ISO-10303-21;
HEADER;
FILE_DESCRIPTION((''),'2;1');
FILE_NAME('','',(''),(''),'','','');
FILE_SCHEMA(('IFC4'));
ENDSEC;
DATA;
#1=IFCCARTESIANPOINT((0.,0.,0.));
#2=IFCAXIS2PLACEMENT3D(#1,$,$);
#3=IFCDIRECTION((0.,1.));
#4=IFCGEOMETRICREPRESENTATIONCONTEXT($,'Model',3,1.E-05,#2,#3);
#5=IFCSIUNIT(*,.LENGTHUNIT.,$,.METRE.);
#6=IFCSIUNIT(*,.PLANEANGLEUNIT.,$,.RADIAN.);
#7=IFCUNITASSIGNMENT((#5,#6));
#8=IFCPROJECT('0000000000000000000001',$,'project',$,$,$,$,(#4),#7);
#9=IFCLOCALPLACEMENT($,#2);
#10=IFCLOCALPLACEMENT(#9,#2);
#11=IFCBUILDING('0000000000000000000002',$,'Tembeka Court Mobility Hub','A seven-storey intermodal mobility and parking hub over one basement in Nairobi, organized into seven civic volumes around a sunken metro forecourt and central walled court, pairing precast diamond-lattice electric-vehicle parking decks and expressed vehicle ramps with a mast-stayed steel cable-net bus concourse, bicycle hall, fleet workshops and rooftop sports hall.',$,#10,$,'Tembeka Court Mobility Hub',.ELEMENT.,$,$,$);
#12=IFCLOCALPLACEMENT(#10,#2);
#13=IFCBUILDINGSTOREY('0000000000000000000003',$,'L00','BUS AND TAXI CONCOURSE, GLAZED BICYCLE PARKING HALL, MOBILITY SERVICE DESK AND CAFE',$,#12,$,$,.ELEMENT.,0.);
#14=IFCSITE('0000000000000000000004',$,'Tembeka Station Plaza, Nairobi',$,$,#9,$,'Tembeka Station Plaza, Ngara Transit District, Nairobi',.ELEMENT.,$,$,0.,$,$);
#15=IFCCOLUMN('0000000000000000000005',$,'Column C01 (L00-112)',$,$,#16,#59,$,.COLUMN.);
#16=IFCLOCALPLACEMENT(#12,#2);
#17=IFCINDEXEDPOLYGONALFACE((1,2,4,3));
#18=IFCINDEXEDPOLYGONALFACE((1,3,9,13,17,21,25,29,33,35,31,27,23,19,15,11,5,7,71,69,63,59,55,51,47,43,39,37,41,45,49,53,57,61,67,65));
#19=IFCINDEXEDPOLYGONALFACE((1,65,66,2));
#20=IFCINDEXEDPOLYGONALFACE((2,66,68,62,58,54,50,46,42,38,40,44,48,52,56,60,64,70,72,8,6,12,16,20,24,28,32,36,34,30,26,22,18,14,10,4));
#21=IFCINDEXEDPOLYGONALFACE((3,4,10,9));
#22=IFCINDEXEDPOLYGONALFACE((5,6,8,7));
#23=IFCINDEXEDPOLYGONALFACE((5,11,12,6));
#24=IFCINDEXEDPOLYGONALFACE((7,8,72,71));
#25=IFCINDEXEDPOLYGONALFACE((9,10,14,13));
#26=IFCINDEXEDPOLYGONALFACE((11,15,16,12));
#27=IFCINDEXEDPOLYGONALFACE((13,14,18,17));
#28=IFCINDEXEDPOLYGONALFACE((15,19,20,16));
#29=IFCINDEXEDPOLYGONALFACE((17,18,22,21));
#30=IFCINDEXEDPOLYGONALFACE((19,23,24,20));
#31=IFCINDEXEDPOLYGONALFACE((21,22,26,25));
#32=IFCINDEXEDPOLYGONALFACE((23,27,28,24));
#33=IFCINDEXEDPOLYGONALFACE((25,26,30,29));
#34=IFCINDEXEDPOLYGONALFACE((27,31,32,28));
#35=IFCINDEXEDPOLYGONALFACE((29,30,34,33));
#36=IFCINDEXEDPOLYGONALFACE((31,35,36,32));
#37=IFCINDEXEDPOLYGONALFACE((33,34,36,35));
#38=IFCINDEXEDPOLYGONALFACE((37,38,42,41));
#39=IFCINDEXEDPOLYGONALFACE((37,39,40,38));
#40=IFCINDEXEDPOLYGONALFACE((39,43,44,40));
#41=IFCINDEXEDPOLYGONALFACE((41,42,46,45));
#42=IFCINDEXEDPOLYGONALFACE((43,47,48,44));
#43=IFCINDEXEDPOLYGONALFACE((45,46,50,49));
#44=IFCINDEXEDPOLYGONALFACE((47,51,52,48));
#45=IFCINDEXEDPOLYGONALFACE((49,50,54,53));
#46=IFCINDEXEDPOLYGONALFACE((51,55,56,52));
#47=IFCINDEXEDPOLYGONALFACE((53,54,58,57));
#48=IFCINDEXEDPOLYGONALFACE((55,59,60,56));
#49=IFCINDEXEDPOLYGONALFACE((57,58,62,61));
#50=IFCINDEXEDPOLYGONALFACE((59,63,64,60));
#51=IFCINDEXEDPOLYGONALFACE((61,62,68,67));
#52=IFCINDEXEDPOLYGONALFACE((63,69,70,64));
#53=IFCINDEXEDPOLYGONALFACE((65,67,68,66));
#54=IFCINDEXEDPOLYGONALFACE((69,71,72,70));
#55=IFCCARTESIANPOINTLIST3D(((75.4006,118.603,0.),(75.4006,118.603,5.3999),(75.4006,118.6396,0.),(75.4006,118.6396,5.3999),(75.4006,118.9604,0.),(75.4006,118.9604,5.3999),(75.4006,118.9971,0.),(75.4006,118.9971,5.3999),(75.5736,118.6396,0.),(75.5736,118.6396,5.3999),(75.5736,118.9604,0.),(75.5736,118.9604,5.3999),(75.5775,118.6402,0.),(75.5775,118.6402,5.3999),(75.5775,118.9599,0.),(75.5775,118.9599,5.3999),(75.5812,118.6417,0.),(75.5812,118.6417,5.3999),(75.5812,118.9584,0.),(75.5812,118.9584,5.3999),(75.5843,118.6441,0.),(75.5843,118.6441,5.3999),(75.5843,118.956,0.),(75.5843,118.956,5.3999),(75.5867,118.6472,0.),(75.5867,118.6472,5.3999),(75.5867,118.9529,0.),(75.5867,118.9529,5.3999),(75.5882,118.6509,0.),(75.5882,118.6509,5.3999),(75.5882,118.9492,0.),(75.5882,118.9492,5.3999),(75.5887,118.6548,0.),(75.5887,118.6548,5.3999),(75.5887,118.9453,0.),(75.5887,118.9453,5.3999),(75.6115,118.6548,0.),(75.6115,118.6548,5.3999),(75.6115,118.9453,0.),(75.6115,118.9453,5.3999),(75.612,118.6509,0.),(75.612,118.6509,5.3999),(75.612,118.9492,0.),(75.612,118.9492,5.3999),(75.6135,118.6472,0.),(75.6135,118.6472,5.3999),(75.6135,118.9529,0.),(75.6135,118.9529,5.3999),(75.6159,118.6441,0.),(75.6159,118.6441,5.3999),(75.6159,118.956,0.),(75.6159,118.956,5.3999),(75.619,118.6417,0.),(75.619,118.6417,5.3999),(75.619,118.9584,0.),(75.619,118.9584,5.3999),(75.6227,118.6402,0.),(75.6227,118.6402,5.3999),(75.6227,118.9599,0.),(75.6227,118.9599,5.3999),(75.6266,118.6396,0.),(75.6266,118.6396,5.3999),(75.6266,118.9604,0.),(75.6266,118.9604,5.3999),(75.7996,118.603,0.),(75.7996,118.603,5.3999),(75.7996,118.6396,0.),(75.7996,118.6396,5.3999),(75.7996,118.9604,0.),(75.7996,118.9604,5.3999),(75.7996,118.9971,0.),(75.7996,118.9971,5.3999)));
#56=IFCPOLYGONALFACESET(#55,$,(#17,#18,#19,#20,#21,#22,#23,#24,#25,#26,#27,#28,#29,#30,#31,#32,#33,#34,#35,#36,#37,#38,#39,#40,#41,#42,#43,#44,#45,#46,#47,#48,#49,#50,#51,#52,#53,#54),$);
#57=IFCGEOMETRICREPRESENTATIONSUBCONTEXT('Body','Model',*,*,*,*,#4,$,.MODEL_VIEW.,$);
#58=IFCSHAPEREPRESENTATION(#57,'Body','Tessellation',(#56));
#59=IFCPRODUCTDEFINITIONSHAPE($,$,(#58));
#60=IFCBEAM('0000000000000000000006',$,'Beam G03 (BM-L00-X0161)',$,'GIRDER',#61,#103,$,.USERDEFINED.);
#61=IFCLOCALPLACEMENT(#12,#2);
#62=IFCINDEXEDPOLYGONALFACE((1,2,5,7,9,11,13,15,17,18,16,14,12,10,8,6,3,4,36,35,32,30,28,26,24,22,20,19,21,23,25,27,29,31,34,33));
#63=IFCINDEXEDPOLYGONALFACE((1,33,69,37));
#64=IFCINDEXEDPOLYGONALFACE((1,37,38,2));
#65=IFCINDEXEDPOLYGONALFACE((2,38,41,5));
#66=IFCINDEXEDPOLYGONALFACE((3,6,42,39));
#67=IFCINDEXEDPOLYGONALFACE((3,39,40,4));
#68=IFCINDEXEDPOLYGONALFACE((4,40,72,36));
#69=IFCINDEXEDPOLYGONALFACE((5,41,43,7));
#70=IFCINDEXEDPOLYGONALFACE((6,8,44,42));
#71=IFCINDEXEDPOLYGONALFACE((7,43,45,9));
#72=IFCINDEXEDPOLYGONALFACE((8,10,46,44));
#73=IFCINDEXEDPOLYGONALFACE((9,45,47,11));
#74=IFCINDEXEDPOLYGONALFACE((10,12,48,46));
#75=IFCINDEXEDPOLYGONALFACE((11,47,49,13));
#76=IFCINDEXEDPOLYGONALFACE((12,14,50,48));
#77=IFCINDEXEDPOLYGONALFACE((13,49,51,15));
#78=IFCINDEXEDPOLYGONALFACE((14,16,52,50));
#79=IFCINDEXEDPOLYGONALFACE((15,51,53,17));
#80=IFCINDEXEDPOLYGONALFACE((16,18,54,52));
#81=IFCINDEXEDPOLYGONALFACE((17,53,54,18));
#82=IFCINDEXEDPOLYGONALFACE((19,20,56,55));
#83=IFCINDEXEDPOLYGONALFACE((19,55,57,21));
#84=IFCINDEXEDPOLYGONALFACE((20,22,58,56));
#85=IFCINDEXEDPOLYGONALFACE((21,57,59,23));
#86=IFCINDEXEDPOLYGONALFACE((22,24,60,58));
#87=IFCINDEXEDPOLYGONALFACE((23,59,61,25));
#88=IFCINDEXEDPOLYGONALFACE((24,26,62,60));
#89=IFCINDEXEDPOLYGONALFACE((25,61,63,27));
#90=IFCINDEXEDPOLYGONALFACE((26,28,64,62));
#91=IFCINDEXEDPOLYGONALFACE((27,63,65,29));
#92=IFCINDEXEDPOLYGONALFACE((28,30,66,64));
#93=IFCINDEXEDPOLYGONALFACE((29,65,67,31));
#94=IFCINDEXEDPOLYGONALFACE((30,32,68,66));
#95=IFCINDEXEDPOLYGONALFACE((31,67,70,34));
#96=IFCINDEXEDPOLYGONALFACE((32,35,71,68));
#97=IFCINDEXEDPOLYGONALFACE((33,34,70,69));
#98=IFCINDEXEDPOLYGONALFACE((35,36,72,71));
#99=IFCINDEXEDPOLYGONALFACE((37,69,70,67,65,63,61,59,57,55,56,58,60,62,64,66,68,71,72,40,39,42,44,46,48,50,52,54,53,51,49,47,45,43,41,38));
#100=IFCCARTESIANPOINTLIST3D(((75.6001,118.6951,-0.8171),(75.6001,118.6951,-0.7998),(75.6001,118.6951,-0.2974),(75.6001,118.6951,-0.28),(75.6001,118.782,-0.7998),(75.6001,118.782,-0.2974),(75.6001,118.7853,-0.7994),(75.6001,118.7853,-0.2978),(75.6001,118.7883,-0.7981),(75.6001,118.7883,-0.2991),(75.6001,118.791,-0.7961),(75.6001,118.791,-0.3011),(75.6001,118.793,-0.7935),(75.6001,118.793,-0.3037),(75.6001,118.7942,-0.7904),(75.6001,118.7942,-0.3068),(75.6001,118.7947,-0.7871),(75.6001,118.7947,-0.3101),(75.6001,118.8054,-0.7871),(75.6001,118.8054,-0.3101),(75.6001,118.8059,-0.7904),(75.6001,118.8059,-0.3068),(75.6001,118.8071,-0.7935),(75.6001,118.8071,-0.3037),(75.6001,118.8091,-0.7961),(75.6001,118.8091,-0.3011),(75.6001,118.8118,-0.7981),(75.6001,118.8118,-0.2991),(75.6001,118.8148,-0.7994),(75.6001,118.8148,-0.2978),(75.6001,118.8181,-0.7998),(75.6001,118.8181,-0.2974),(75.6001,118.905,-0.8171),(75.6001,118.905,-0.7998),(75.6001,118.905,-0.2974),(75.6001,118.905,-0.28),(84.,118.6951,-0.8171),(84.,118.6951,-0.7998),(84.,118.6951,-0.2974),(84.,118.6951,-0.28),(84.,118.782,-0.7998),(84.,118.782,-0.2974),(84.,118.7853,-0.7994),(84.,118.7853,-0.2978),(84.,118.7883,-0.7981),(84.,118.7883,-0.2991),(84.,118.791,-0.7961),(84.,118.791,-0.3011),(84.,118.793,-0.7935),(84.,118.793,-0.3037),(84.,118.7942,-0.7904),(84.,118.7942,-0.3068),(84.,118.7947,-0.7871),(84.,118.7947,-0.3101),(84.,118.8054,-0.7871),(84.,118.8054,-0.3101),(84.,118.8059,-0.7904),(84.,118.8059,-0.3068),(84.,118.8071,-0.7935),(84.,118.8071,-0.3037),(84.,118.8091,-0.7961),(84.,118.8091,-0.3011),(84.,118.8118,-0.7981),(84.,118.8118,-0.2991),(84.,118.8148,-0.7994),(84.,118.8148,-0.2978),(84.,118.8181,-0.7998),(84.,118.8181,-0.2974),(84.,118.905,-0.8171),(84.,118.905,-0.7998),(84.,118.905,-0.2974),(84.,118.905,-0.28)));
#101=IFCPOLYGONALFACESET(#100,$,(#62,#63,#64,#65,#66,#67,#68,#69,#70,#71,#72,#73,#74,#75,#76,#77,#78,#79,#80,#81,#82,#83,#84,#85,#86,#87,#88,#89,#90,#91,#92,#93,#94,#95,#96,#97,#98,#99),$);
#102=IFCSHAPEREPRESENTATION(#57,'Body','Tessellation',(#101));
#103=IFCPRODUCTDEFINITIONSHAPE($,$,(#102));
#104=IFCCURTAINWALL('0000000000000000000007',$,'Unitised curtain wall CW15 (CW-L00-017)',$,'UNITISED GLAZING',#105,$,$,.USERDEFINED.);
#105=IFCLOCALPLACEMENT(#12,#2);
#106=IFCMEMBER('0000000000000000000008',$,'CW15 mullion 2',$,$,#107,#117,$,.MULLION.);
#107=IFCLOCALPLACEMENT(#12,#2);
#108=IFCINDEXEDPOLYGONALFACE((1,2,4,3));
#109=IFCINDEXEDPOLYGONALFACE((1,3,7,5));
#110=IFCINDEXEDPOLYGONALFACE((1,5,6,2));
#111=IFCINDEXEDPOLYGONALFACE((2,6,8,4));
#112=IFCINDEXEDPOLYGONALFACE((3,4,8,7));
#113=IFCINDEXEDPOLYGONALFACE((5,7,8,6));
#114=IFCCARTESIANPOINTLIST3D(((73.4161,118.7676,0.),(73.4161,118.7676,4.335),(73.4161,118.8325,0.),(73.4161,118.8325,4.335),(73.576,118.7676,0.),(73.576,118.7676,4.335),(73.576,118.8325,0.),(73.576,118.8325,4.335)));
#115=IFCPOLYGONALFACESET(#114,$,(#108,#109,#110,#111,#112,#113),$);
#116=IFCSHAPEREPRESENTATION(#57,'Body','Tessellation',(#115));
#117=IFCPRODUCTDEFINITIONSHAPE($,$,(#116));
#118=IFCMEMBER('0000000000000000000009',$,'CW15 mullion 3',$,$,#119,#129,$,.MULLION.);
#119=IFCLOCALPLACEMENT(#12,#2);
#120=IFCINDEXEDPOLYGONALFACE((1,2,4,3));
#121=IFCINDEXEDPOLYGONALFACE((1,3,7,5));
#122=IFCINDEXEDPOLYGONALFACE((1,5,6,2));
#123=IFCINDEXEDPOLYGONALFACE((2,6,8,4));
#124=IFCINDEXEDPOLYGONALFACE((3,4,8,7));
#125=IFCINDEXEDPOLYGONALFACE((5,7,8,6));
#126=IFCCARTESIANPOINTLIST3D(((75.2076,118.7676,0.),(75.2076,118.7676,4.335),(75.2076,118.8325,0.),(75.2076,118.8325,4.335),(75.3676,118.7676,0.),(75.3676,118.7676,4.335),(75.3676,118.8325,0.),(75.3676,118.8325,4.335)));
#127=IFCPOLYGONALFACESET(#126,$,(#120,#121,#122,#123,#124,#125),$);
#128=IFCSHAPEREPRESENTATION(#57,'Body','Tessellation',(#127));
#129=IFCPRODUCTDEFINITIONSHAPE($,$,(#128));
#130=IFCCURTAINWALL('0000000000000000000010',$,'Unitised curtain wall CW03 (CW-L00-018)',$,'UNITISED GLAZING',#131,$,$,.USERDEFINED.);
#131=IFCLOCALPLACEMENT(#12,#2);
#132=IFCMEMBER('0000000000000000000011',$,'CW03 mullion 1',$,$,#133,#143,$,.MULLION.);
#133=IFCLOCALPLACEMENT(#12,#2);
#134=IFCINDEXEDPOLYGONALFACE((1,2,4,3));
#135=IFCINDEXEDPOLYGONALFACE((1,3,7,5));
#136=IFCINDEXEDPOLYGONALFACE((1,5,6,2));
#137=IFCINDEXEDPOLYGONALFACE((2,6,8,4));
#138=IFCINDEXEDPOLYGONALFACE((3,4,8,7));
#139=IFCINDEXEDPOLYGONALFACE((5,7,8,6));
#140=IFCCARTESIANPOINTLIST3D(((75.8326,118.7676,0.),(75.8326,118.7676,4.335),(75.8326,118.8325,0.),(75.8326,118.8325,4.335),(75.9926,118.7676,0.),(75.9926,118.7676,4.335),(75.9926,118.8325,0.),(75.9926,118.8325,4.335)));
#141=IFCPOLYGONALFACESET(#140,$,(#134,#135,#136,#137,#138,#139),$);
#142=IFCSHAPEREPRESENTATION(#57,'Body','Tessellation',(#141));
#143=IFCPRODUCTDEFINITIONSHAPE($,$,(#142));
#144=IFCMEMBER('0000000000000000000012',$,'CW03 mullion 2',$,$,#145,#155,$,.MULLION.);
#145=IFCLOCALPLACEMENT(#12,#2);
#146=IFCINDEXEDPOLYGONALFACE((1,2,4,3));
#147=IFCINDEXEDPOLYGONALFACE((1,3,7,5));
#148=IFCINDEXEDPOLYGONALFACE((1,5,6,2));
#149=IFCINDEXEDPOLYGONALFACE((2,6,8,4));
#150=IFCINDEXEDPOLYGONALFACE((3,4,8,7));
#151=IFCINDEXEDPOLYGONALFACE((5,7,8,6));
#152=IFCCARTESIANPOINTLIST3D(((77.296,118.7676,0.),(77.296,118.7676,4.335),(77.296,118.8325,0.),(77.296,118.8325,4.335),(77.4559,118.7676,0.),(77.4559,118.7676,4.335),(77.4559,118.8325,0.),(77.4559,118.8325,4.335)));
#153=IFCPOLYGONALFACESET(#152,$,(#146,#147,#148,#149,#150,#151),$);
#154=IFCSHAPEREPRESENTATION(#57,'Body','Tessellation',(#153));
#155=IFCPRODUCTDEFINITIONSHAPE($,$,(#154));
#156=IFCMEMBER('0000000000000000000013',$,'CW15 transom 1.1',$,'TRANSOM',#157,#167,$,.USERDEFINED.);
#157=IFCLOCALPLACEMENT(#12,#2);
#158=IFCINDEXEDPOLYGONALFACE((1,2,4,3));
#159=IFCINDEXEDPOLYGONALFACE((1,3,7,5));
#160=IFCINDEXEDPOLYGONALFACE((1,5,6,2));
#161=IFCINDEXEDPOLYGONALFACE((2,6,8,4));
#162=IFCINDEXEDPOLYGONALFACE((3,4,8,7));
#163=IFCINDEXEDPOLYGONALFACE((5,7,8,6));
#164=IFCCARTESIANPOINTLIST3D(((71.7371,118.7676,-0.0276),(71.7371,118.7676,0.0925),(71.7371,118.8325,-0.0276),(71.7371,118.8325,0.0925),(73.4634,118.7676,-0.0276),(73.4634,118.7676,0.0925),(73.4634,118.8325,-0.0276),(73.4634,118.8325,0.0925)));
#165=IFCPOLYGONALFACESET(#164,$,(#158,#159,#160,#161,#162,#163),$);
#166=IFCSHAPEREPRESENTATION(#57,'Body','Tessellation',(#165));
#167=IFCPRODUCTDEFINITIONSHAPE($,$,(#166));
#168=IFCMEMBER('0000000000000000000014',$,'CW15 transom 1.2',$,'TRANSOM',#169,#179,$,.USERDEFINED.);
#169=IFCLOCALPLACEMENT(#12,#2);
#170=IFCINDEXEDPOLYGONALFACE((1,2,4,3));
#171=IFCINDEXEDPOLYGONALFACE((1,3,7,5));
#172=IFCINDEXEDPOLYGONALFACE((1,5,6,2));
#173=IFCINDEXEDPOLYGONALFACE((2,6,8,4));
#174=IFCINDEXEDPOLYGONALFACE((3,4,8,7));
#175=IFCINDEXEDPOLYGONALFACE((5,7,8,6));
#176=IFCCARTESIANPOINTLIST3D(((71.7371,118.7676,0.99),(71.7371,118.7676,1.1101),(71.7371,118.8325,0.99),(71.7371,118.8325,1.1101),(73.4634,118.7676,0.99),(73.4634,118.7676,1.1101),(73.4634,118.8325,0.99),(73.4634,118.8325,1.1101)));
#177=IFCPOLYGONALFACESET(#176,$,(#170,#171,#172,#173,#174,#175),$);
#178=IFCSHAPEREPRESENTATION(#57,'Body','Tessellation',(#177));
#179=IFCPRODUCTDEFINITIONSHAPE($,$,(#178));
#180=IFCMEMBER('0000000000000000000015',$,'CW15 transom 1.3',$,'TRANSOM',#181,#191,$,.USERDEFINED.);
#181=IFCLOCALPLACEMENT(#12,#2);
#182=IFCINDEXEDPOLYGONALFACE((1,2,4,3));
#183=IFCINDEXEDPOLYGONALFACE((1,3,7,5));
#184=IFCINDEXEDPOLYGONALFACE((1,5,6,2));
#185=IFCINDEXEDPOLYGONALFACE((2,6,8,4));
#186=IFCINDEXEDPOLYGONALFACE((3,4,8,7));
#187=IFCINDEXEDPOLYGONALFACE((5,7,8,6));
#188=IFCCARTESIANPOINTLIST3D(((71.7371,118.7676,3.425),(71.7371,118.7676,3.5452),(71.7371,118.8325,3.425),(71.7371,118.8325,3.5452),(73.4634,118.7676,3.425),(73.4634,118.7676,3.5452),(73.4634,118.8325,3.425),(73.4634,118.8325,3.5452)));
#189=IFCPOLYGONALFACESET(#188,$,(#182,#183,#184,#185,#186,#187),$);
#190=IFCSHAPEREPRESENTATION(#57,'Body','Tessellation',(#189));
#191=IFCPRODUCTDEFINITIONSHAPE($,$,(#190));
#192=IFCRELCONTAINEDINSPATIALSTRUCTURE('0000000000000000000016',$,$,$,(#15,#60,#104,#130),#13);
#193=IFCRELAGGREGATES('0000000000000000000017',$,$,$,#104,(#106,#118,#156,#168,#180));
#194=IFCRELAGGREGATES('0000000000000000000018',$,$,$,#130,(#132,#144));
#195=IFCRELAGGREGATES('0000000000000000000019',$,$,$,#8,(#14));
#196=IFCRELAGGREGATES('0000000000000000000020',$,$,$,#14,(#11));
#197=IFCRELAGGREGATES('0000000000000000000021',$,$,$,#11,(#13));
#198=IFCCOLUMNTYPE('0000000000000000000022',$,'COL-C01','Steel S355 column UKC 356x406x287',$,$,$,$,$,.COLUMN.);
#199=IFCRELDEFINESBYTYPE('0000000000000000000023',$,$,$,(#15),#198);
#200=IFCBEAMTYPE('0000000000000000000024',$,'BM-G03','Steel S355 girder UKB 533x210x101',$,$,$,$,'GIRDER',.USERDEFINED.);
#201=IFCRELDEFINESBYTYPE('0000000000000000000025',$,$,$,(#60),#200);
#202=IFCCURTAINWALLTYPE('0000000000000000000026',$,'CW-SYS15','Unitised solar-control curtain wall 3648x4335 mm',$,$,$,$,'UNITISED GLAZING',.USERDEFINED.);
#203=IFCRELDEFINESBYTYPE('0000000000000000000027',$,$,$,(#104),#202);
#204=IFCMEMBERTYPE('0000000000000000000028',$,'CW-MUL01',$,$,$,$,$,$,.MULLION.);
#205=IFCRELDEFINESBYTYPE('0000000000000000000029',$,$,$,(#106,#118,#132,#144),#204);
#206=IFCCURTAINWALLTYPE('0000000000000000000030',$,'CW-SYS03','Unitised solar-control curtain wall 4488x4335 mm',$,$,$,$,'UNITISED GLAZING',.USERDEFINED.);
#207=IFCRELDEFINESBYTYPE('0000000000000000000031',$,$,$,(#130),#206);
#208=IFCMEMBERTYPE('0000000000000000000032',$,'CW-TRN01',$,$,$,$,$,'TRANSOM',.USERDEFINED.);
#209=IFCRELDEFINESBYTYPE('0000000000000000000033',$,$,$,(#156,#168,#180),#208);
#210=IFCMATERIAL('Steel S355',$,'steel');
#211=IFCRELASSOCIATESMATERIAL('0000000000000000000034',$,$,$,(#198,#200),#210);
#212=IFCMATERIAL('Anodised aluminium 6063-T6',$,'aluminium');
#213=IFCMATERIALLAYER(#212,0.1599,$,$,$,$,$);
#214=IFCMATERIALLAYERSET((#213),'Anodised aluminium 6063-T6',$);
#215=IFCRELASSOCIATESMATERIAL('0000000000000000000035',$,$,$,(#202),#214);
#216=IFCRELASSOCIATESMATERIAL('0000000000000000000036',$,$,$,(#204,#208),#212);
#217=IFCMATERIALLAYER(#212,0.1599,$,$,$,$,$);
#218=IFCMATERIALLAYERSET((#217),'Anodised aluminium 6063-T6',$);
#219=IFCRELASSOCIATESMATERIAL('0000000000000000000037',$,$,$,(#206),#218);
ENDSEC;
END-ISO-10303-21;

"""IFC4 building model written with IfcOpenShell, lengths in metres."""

from ifc_helpers import new_model, si_unit, direction, frame, origin, origin_2d, place, context, subcontext, project, spatial, rectangle, i_section, extrude, material, layer, layer_set, material_profile, profile_set, type_object, element, aggregate, save


model = new_model("IFC4")

# Units and contexts
model_context = context("Model", 3, precision=1e-05, world=origin(), true_north=direction((0.0, 1.0)))
body_context = subcontext(model_context, "Body", "Model", "MODEL_VIEW")
ifc_project = project(units=[si_unit("LENGTHUNIT", "METRE"), si_unit("PLANEANGLEUNIT", "RADIAN")], contexts=[model_context])

# Site, building, storey
site_placement = place(None, origin())
site = spatial("IfcSite", under=ifc_project, at=site_placement, Name="Tembeka Station Plaza, Nairobi", LongName="Tembeka Station Plaza, Ngara Transit District, Nairobi", CompositionType="ELEMENT", RefElevation=0.0)
building_placement = place(site_placement, origin())
building = spatial("IfcBuilding", under=site, at=building_placement, Name="Tembeka Court Mobility Hub", Description="A seven-storey intermodal mobility and parking hub over one basement in Nairobi, organized into seven civic volumes around a sunken metro forecourt and central walled court, pairing precast diamond-lattice electric-vehicle parking decks and expressed vehicle ramps with a mast-stayed steel cable-net bus concourse, bicycle hall, fleet workshops and rooftop sports hall.", LongName="Tembeka Court Mobility Hub", CompositionType="ELEMENT")
storey_placement = place(building_placement, origin())
storey = spatial("IfcBuildingStorey", under=building, at=storey_placement, Name="L00", Description="BUS AND TAXI CONCOURSE, GLAZED BICYCLE PARKING HALL, MOBILITY SERVICE DESK AND CAFE", CompositionType="ELEMENT", Elevation=0.0)

# Column
ifc_material_1 = material(Name="Steel S355", Category="steel")
ifc_material_profile_1 = material_profile(ifc_material_1, i_section(OverallWidth=0.3989, OverallDepth=0.394, WebThickness=0.0227, FlangeThickness=0.0366, FilletRadius=0.0151, at=origin_2d()), Name="UKC 356x406x287")
ifc_profile_set_1 = profile_set([ifc_material_profile_1], Name="Steel S355")
column_type = type_object("IfcColumnType", Name="COL-C01", Description="Steel S355 column UKC 356x406x287", PredefinedType="COLUMN", material=ifc_profile_set_1)
column_placement = place(storey_placement, frame((75.6001, 118.8, 0.0), z_axis=(0.0, 0.0, 1.0), x_axis=(1.0, 0.0, 0.0)))
element("IfcColumn", 1, at=column_placement, inside=storey, type_object=column_type, Name="Column C01 (L00-112)", PredefinedType="COLUMN", context=body_context, shape_type="SweptSolid", body=[
    extrude(i_section(OverallWidth=0.3989, OverallDepth=0.394, WebThickness=0.0227, FlangeThickness=0.0366, FilletRadius=0.0151, at=origin_2d()), origin(), (0.0, 0.0, 1.0), 5.3999),
])

# Beam
ifc_material_profile_2 = material_profile(ifc_material_1, i_section(OverallWidth=0.21, OverallDepth=0.5371, WebThickness=0.0107, FlangeThickness=0.0173, FilletRadius=0.0127, at=origin_2d()), Name="UKB 533x210x101")
ifc_profile_set_2 = profile_set([ifc_material_profile_2], Name="Steel S355")
beam_type = type_object("IfcBeamType", Name="BM-G03", Description="Steel S355 girder UKB 533x210x101", ElementType="GIRDER", PredefinedType="USERDEFINED", material=ifc_profile_set_2)
beam_placement = place(storey_placement, frame((75.6001, 118.8, -0.5486), z_axis=(1.0, 0.0, 0.0), x_axis=(0.0, 1.0, 0.0)))
element("IfcBeam", 2, at=beam_placement, inside=storey, type_object=beam_type, Name="Beam G03 (BM-L00-X0161)", ObjectType="GIRDER", PredefinedType="USERDEFINED", context=body_context, shape_type="SweptSolid", body=[
    extrude(i_section(OverallWidth=0.21, OverallDepth=0.5371, WebThickness=0.0107, FlangeThickness=0.0173, FilletRadius=0.0127, at=origin_2d()), origin(), (0.0, 0.0, 1.0), 8.3999),
])

# Curtain walls, members
ifc_material_2 = material(Name="Anodised aluminium 6063-T6", Category="aluminium")
ifc_layer_1 = layer(ifc_material_2, 0.1599)
ifc_layer_set_1 = layer_set([ifc_layer_1], Name="Anodised aluminium 6063-T6")
curtain_wall_type_1 = type_object("IfcCurtainWallType", Name="CW-SYS15", Description="Unitised solar-control curtain wall 3648x4335 mm", ElementType="UNITISED GLAZING", PredefinedType="USERDEFINED", material=ifc_layer_set_1)
curtain_wall_1_placement = place(storey_placement, origin())
curtain_wall_1 = element("IfcCurtainWall", 3, at=curtain_wall_1_placement, inside=storey, type_object=curtain_wall_type_1, Name="Unitised curtain wall CW15 (CW-L00-017)", ObjectType="UNITISED GLAZING", PredefinedType="USERDEFINED")
ifc_material_profile_3 = material_profile(ifc_material_2, rectangle(XDim=0.0649, YDim=0.1599, at=origin_2d()), Name="ALU-MUL 65x160")
ifc_profile_set_3 = profile_set([ifc_material_profile_3], Name="Anodised aluminium 6063-T6")
member_type_1 = type_object("IfcMemberType", Name="CW-MUL01", PredefinedType="MULLION", material=ifc_profile_set_3)
member_1_placement = place(storey_placement, frame((73.4961, 118.8, 0.0), z_axis=(0.0, 0.0, 1.0), x_axis=(0.0, 1.0, 0.0)))
member_1 = element("IfcMember", 4, at=member_1_placement, type_object=member_type_1, Name="CW15 mullion 2", PredefinedType="MULLION", context=body_context, shape_type="SweptSolid", body=[
    extrude(rectangle(XDim=0.0649, YDim=0.1599, at=origin_2d()), origin(), (0.0, 0.0, 1.0), 4.335),
])
member_2_placement = place(storey_placement, frame((75.2876, 118.8, 0.0), z_axis=(0.0, 0.0, 1.0), x_axis=(0.0, 1.0, 0.0)))
member_2 = element("IfcMember", 5, at=member_2_placement, type_object=member_type_1, Name="CW15 mullion 3", PredefinedType="MULLION", context=body_context, shape_type="SweptSolid", body=[
    extrude(rectangle(XDim=0.0649, YDim=0.1599, at=origin_2d()), origin(), (0.0, 0.0, 1.0), 4.335),
])
ifc_layer_2 = layer(ifc_material_2, 0.1599)
ifc_layer_set_2 = layer_set([ifc_layer_2], Name="Anodised aluminium 6063-T6")
curtain_wall_type_2 = type_object("IfcCurtainWallType", Name="CW-SYS03", Description="Unitised solar-control curtain wall 4488x4335 mm", ElementType="UNITISED GLAZING", PredefinedType="USERDEFINED", material=ifc_layer_set_2)
curtain_wall_2_placement = place(storey_placement, origin())
curtain_wall_2 = element("IfcCurtainWall", 6, at=curtain_wall_2_placement, inside=storey, type_object=curtain_wall_type_2, Name="Unitised curtain wall CW03 (CW-L00-018)", ObjectType="UNITISED GLAZING", PredefinedType="USERDEFINED")
member_3_placement = place(storey_placement, frame((75.9126, 118.8, 0.0), z_axis=(0.0, 0.0, 1.0), x_axis=(0.0, 1.0, 0.0)))
member_3 = element("IfcMember", 7, at=member_3_placement, type_object=member_type_1, Name="CW03 mullion 1", PredefinedType="MULLION", context=body_context, shape_type="SweptSolid", body=[
    extrude(rectangle(XDim=0.0649, YDim=0.1599, at=origin_2d()), origin(), (0.0, 0.0, 1.0), 4.335),
])
member_4_placement = place(storey_placement, frame((77.376, 118.8, 0.0), z_axis=(0.0, 0.0, 1.0), x_axis=(0.0, 1.0, 0.0)))
member_4 = element("IfcMember", 8, at=member_4_placement, type_object=member_type_1, Name="CW03 mullion 2", PredefinedType="MULLION", context=body_context, shape_type="SweptSolid", body=[
    extrude(rectangle(XDim=0.0649, YDim=0.1599, at=origin_2d()), origin(), (0.0, 0.0, 1.0), 4.335),
])

# Members
ifc_material_profile_4 = material_profile(ifc_material_2, rectangle(XDim=0.0649, YDim=0.1201, at=origin_2d()), Name="ALU-TRN 65x120")
ifc_profile_set_4 = profile_set([ifc_material_profile_4], Name="Anodised aluminium 6063-T6")
member_type_2 = type_object("IfcMemberType", Name="CW-TRN01", ElementType="TRANSOM", PredefinedType="USERDEFINED", material=ifc_profile_set_4)
member_5_placement = place(storey_placement, frame((71.7371, 118.8, 0.0325), z_axis=(1.0, 0.0, 0.0), x_axis=(0.0, 1.0, 0.0)))
member_5 = element("IfcMember", 9, at=member_5_placement, type_object=member_type_2, Name="CW15 transom 1.1", ObjectType="TRANSOM", PredefinedType="USERDEFINED", context=body_context, shape_type="SweptSolid", body=[
    extrude(rectangle(XDim=0.0649, YDim=0.1201, at=origin_2d()), origin(), (0.0, 0.0, 1.0), 1.7263),
])
member_6_placement = place(storey_placement, frame((71.7371, 118.8, 1.05), z_axis=(1.0, 0.0, 0.0), x_axis=(0.0, 1.0, 0.0)))
member_6 = element("IfcMember", 10, at=member_6_placement, type_object=member_type_2, Name="CW15 transom 1.2", ObjectType="TRANSOM", PredefinedType="USERDEFINED", context=body_context, shape_type="SweptSolid", body=[
    extrude(rectangle(XDim=0.0649, YDim=0.1201, at=origin_2d()), origin(), (0.0, 0.0, 1.0), 1.7263),
])
member_7_placement = place(storey_placement, frame((71.7371, 118.8, 3.4851), z_axis=(1.0, 0.0, 0.0), x_axis=(0.0, 1.0, 0.0)))
member_7 = element("IfcMember", 11, at=member_7_placement, type_object=member_type_2, Name="CW15 transom 1.3", ObjectType="TRANSOM", PredefinedType="USERDEFINED", context=body_context, shape_type="SweptSolid", body=[
    extrude(rectangle(XDim=0.0649, YDim=0.1201, at=origin_2d()), origin(), (0.0, 0.0, 1.0), 1.7263),
])

aggregate(curtain_wall_1, [member_1, member_2, member_5, member_6, member_7])
aggregate(curtain_wall_2, [member_3, member_4])

save(model, "model.ifc")
